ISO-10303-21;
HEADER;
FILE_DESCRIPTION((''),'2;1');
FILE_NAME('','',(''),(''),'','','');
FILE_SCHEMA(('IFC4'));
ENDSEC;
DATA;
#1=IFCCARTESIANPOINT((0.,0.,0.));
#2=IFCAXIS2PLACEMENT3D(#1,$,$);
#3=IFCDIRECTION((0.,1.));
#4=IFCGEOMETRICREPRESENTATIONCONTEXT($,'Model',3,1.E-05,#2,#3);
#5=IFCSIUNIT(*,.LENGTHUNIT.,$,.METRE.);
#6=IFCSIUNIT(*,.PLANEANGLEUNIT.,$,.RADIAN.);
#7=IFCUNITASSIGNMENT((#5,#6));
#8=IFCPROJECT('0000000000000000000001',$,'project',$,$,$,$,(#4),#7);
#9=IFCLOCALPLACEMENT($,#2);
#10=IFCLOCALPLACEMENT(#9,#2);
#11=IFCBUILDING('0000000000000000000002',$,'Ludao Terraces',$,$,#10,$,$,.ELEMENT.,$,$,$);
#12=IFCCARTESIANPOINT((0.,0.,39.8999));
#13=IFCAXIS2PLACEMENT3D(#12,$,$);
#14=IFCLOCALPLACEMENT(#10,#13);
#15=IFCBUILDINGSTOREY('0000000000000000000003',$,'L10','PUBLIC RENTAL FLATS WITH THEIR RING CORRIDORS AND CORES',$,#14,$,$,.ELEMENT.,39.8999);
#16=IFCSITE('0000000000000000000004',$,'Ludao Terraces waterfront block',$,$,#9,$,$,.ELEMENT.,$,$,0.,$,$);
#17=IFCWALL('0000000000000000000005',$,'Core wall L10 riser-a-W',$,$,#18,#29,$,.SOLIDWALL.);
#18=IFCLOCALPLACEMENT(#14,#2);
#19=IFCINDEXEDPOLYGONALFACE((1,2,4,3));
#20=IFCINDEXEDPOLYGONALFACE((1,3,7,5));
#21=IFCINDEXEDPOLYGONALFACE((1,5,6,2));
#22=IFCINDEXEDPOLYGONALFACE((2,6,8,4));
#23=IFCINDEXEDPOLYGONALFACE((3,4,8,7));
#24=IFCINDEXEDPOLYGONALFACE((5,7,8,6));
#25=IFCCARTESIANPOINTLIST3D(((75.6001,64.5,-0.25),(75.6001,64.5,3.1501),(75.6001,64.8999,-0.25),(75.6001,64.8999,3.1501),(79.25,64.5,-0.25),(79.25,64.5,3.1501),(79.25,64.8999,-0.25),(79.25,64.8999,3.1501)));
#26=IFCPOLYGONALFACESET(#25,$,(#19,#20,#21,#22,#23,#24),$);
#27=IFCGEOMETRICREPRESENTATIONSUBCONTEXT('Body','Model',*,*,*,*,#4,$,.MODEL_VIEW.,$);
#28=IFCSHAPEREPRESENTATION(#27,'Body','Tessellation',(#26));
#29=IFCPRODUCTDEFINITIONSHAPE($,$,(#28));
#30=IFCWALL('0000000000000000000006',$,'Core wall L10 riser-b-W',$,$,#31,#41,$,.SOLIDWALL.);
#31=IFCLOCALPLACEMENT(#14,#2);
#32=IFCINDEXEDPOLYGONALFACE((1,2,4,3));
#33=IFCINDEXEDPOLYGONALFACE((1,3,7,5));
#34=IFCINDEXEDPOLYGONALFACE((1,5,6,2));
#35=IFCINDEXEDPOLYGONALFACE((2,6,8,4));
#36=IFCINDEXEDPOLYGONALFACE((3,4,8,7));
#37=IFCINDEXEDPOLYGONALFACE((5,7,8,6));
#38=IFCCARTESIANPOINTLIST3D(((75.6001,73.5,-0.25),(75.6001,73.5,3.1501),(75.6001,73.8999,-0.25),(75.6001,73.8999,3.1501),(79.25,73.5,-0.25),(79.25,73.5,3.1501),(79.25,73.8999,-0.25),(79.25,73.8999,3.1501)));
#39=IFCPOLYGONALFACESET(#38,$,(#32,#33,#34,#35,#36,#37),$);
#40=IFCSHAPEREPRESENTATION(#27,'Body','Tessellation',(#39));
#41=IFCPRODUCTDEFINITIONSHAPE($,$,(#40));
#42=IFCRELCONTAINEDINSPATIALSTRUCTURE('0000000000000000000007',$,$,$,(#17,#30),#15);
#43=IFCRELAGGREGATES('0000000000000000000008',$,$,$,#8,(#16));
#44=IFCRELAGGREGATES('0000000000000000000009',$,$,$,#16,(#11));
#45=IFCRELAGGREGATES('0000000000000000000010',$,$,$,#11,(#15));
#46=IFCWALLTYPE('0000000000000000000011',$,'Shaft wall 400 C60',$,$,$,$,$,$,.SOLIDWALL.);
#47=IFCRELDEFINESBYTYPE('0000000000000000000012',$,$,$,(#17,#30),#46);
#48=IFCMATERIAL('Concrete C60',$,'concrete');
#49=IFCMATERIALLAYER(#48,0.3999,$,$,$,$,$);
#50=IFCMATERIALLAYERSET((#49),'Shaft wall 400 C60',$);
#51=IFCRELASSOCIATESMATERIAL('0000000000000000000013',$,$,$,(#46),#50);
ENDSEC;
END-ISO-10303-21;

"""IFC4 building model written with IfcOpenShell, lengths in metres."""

from ifc_helpers import new_model, si_unit, direction, frame, frame_2d, origin, place, context, subcontext, project, spatial, rectangle, extrude, material, layer, layer_set, type_object, element, save


model = new_model("IFC4")

# Units and contexts
model_context = context("Model", 3, precision=1e-05, world=origin(), true_north=direction((0.0, 1.0)))
body_context = subcontext(model_context, "Body", "Model", "MODEL_VIEW")
ifc_project = project(units=[si_unit("LENGTHUNIT", "METRE"), si_unit("PLANEANGLEUNIT", "RADIAN")], contexts=[model_context])

# Site, building, storey
site_placement = place(None, origin())
site = spatial("IfcSite", under=ifc_project, at=site_placement, Name="Ludao Terraces waterfront block", CompositionType="ELEMENT", RefElevation=0.0)
building_placement = place(site_placement, origin())
building = spatial("IfcBuilding", under=site, at=building_placement, Name="Ludao Terraces", CompositionType="ELEMENT")
storey_placement = place(building_placement, frame((0.0, 0.0, 39.8999)))
storey = spatial("IfcBuildingStorey", under=building, at=storey_placement, Name="L10", Description="PUBLIC RENTAL FLATS WITH THEIR RING CORRIDORS AND CORES", CompositionType="ELEMENT", Elevation=39.8999)

# Shared definitions
ifc_material_1 = material(Name="Concrete C60", Category="concrete")

# Walls
ifc_layer_1 = layer(ifc_material_1, 0.3999)
ifc_layer_set_1 = layer_set([ifc_layer_1], Name="Shaft wall 400 C60")
wall_type_1 = type_object("IfcWallType", Name="Shaft wall 400 C60", PredefinedType="SOLIDWALL", material=ifc_layer_set_1)
for number, where, z_axis, x_axis, name in (
    (1, (75.6001, 64.7, -0.25), (0.0, 0.0, 1.0), (1.0, 0.0, 0.0), "Core wall L10 riser-a-W"),
    (2, (75.6001, 73.7, -0.25), (0.0, 0.0, 1.0), (1.0, 0.0, 0.0), "Core wall L10 riser-b-W"),
):
    element("IfcWall", number, at=place(storey_placement, frame(where, z_axis=z_axis, x_axis=x_axis)), inside=storey, type_object=wall_type_1, Name=name, PredefinedType="SOLIDWALL", context=body_context, shape_type="SweptSolid", body=[
        extrude(rectangle(XDim=3.6499, YDim=0.3999, at=frame_2d((1.825, 0.0))), origin(), (0.0, 0.0, 1.0), 3.4001),
    ])

save(model, "model.ifc")
